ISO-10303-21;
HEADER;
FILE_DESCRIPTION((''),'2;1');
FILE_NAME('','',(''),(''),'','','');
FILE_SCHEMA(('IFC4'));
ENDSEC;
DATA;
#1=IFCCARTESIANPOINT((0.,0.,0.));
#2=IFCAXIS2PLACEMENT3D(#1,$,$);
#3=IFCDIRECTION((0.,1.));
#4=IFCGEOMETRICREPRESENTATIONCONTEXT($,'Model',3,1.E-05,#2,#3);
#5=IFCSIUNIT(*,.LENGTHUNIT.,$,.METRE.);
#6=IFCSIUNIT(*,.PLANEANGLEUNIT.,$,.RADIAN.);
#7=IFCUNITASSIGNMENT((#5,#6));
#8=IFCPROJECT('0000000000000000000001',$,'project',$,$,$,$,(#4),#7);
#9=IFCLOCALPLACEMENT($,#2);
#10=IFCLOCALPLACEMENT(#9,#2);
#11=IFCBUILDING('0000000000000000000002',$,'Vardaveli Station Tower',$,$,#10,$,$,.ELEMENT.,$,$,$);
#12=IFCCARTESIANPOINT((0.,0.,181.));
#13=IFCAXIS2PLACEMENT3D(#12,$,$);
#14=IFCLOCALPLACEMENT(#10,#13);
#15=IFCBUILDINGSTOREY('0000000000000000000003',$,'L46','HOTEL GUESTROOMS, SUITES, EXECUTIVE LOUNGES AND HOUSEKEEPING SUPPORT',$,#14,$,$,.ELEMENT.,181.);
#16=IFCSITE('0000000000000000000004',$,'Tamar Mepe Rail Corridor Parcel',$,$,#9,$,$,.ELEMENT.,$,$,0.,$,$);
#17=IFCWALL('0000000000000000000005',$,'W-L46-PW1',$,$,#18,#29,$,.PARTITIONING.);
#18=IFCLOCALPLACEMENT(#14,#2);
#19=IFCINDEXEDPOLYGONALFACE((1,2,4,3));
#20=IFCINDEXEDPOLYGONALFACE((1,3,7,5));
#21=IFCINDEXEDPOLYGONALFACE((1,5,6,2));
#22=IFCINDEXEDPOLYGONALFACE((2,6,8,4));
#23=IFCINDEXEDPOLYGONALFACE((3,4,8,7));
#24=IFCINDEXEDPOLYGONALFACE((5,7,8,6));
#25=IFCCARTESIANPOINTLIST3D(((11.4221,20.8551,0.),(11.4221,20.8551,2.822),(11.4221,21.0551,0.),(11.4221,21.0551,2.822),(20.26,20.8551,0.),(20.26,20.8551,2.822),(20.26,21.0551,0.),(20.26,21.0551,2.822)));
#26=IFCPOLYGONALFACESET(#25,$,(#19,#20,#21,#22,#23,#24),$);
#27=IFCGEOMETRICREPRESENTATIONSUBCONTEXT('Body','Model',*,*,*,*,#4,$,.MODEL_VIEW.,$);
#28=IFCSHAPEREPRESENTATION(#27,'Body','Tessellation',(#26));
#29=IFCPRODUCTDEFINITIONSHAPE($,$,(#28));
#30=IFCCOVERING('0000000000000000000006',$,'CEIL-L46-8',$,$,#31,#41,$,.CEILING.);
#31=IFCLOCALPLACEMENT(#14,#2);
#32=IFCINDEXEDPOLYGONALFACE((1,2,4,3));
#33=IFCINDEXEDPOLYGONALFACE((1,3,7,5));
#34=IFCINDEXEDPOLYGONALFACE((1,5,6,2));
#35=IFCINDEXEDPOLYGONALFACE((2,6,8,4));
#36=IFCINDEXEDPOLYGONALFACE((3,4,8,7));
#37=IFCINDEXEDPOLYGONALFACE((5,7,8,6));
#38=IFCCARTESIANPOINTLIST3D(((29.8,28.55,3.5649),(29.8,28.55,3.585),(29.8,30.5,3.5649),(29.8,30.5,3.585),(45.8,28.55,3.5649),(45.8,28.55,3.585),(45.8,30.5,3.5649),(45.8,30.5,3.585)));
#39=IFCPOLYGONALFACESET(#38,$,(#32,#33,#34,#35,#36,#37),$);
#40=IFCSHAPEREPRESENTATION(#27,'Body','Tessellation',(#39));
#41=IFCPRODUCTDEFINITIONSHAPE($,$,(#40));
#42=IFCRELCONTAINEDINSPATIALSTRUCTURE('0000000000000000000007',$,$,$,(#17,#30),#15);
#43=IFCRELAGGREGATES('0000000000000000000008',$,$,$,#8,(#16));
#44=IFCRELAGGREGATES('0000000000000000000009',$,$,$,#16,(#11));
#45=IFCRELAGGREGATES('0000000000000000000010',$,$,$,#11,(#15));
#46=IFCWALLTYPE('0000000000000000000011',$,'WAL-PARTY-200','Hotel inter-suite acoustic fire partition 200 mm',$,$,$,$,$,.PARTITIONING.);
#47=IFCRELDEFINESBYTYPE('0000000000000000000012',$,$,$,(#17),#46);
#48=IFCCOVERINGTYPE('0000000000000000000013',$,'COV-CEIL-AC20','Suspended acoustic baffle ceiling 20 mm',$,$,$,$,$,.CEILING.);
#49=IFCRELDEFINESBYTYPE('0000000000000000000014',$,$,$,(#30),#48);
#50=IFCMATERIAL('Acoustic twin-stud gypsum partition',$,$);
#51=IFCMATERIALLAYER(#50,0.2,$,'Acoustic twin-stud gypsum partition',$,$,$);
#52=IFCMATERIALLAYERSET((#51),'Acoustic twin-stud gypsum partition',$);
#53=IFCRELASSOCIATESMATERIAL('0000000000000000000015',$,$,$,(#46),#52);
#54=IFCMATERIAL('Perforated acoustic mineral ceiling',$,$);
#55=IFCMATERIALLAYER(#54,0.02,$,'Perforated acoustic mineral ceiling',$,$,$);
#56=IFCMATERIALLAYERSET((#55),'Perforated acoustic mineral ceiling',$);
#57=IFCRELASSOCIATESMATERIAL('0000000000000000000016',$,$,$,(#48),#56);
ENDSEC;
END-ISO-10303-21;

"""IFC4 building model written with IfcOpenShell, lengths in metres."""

from ifc_helpers import new_model, si_unit, direction, frame, frame_2d, origin, place, context, subcontext, project, spatial, polyline, rectangle, outline, extrude, source, transform, mapped, material, layer, layer_set, type_object, element, save


model = new_model("IFC4")

# Units and contexts
model_context = context("Model", 3, precision=1e-05, world=origin(), true_north=direction((0.0, 1.0)))
body_context = subcontext(model_context, "Body", "Model", "MODEL_VIEW")
ifc_project = project(units=[si_unit("LENGTHUNIT", "METRE"), si_unit("PLANEANGLEUNIT", "RADIAN")], contexts=[model_context])

# Site, building, storey
site_placement = place(None, origin())
site = spatial("IfcSite", under=ifc_project, at=site_placement, Name="Tamar Mepe Rail Corridor Parcel", CompositionType="ELEMENT", RefElevation=0.0)
building_placement = place(site_placement, origin())
building = spatial("IfcBuilding", under=site, at=building_placement, Name="Vardaveli Station Tower", CompositionType="ELEMENT")
storey_placement = place(building_placement, frame((0.0, 0.0, 181.0)))
storey = spatial("IfcBuildingStorey", under=building, at=storey_placement, Name="L46", Description="HOTEL GUESTROOMS, SUITES, EXECUTIVE LOUNGES AND HOUSEKEEPING SUPPORT", CompositionType="ELEMENT", Elevation=181.0)

# Wall
ifc_material_1 = material(Name="Acoustic twin-stud gypsum partition")
ifc_layer_1 = layer(ifc_material_1, 0.2, Name="Acoustic twin-stud gypsum partition")
ifc_layer_set_1 = layer_set([ifc_layer_1], Name="Acoustic twin-stud gypsum partition")
wall_type_1 = type_object("IfcWallType", Name="WAL-PARTY-200", Description="Hotel inter-suite acoustic fire partition 200 mm", PredefinedType="PARTITIONING", material=ifc_layer_set_1)
shared_shape_1 = source(origin(), body_context, "Body", "SweptSolid", [
    extrude(rectangle(XDim=8.8379, YDim=0.2, at=frame_2d((4.4189, 0.0))), origin(), (0.0, 0.0, 1.0), 2.822),
])
wall_1_placement = place(storey_placement, frame((11.4221, 20.9551, 0.0), z_axis=(0.0, 0.0, 1.0), x_axis=(1.0, 0.0, 0.0)))
element("IfcWall", 1, at=wall_1_placement, inside=storey, type_object=wall_type_1, Name="W-L46-PW1", PredefinedType="PARTITIONING", context=body_context, shape_type="MappedRepresentation", body=[
    mapped(shared_shape_1, transform((0.0, 0.0, 0.0), scale=1.0)),
])

# Covering
ifc_material_2 = material(Name="Perforated acoustic mineral ceiling")
ifc_layer_2 = layer(ifc_material_2, 0.02, Name="Perforated acoustic mineral ceiling")
ifc_layer_set_2 = layer_set([ifc_layer_2], Name="Perforated acoustic mineral ceiling")
covering_type = type_object("IfcCoveringType", Name="COV-CEIL-AC20", Description="Suspended acoustic baffle ceiling 20 mm", PredefinedType="CEILING", material=ifc_layer_set_2)
covering_placement = place(storey_placement, frame((0.0, 0.0, 3.5649)))
element("IfcCovering", 2, at=covering_placement, inside=storey, type_object=covering_type, Name="CEIL-L46-8", PredefinedType="CEILING", context=body_context, shape_type="SweptSolid", body=[
    extrude(outline(polyline([(29.8, 28.55), (45.8, 28.55), (45.8, 30.5), (29.8, 30.5), (29.8, 28.55)])), origin(), (0.0, 0.0, 1.0), 0.02),
])

save(model, "model.ifc")
